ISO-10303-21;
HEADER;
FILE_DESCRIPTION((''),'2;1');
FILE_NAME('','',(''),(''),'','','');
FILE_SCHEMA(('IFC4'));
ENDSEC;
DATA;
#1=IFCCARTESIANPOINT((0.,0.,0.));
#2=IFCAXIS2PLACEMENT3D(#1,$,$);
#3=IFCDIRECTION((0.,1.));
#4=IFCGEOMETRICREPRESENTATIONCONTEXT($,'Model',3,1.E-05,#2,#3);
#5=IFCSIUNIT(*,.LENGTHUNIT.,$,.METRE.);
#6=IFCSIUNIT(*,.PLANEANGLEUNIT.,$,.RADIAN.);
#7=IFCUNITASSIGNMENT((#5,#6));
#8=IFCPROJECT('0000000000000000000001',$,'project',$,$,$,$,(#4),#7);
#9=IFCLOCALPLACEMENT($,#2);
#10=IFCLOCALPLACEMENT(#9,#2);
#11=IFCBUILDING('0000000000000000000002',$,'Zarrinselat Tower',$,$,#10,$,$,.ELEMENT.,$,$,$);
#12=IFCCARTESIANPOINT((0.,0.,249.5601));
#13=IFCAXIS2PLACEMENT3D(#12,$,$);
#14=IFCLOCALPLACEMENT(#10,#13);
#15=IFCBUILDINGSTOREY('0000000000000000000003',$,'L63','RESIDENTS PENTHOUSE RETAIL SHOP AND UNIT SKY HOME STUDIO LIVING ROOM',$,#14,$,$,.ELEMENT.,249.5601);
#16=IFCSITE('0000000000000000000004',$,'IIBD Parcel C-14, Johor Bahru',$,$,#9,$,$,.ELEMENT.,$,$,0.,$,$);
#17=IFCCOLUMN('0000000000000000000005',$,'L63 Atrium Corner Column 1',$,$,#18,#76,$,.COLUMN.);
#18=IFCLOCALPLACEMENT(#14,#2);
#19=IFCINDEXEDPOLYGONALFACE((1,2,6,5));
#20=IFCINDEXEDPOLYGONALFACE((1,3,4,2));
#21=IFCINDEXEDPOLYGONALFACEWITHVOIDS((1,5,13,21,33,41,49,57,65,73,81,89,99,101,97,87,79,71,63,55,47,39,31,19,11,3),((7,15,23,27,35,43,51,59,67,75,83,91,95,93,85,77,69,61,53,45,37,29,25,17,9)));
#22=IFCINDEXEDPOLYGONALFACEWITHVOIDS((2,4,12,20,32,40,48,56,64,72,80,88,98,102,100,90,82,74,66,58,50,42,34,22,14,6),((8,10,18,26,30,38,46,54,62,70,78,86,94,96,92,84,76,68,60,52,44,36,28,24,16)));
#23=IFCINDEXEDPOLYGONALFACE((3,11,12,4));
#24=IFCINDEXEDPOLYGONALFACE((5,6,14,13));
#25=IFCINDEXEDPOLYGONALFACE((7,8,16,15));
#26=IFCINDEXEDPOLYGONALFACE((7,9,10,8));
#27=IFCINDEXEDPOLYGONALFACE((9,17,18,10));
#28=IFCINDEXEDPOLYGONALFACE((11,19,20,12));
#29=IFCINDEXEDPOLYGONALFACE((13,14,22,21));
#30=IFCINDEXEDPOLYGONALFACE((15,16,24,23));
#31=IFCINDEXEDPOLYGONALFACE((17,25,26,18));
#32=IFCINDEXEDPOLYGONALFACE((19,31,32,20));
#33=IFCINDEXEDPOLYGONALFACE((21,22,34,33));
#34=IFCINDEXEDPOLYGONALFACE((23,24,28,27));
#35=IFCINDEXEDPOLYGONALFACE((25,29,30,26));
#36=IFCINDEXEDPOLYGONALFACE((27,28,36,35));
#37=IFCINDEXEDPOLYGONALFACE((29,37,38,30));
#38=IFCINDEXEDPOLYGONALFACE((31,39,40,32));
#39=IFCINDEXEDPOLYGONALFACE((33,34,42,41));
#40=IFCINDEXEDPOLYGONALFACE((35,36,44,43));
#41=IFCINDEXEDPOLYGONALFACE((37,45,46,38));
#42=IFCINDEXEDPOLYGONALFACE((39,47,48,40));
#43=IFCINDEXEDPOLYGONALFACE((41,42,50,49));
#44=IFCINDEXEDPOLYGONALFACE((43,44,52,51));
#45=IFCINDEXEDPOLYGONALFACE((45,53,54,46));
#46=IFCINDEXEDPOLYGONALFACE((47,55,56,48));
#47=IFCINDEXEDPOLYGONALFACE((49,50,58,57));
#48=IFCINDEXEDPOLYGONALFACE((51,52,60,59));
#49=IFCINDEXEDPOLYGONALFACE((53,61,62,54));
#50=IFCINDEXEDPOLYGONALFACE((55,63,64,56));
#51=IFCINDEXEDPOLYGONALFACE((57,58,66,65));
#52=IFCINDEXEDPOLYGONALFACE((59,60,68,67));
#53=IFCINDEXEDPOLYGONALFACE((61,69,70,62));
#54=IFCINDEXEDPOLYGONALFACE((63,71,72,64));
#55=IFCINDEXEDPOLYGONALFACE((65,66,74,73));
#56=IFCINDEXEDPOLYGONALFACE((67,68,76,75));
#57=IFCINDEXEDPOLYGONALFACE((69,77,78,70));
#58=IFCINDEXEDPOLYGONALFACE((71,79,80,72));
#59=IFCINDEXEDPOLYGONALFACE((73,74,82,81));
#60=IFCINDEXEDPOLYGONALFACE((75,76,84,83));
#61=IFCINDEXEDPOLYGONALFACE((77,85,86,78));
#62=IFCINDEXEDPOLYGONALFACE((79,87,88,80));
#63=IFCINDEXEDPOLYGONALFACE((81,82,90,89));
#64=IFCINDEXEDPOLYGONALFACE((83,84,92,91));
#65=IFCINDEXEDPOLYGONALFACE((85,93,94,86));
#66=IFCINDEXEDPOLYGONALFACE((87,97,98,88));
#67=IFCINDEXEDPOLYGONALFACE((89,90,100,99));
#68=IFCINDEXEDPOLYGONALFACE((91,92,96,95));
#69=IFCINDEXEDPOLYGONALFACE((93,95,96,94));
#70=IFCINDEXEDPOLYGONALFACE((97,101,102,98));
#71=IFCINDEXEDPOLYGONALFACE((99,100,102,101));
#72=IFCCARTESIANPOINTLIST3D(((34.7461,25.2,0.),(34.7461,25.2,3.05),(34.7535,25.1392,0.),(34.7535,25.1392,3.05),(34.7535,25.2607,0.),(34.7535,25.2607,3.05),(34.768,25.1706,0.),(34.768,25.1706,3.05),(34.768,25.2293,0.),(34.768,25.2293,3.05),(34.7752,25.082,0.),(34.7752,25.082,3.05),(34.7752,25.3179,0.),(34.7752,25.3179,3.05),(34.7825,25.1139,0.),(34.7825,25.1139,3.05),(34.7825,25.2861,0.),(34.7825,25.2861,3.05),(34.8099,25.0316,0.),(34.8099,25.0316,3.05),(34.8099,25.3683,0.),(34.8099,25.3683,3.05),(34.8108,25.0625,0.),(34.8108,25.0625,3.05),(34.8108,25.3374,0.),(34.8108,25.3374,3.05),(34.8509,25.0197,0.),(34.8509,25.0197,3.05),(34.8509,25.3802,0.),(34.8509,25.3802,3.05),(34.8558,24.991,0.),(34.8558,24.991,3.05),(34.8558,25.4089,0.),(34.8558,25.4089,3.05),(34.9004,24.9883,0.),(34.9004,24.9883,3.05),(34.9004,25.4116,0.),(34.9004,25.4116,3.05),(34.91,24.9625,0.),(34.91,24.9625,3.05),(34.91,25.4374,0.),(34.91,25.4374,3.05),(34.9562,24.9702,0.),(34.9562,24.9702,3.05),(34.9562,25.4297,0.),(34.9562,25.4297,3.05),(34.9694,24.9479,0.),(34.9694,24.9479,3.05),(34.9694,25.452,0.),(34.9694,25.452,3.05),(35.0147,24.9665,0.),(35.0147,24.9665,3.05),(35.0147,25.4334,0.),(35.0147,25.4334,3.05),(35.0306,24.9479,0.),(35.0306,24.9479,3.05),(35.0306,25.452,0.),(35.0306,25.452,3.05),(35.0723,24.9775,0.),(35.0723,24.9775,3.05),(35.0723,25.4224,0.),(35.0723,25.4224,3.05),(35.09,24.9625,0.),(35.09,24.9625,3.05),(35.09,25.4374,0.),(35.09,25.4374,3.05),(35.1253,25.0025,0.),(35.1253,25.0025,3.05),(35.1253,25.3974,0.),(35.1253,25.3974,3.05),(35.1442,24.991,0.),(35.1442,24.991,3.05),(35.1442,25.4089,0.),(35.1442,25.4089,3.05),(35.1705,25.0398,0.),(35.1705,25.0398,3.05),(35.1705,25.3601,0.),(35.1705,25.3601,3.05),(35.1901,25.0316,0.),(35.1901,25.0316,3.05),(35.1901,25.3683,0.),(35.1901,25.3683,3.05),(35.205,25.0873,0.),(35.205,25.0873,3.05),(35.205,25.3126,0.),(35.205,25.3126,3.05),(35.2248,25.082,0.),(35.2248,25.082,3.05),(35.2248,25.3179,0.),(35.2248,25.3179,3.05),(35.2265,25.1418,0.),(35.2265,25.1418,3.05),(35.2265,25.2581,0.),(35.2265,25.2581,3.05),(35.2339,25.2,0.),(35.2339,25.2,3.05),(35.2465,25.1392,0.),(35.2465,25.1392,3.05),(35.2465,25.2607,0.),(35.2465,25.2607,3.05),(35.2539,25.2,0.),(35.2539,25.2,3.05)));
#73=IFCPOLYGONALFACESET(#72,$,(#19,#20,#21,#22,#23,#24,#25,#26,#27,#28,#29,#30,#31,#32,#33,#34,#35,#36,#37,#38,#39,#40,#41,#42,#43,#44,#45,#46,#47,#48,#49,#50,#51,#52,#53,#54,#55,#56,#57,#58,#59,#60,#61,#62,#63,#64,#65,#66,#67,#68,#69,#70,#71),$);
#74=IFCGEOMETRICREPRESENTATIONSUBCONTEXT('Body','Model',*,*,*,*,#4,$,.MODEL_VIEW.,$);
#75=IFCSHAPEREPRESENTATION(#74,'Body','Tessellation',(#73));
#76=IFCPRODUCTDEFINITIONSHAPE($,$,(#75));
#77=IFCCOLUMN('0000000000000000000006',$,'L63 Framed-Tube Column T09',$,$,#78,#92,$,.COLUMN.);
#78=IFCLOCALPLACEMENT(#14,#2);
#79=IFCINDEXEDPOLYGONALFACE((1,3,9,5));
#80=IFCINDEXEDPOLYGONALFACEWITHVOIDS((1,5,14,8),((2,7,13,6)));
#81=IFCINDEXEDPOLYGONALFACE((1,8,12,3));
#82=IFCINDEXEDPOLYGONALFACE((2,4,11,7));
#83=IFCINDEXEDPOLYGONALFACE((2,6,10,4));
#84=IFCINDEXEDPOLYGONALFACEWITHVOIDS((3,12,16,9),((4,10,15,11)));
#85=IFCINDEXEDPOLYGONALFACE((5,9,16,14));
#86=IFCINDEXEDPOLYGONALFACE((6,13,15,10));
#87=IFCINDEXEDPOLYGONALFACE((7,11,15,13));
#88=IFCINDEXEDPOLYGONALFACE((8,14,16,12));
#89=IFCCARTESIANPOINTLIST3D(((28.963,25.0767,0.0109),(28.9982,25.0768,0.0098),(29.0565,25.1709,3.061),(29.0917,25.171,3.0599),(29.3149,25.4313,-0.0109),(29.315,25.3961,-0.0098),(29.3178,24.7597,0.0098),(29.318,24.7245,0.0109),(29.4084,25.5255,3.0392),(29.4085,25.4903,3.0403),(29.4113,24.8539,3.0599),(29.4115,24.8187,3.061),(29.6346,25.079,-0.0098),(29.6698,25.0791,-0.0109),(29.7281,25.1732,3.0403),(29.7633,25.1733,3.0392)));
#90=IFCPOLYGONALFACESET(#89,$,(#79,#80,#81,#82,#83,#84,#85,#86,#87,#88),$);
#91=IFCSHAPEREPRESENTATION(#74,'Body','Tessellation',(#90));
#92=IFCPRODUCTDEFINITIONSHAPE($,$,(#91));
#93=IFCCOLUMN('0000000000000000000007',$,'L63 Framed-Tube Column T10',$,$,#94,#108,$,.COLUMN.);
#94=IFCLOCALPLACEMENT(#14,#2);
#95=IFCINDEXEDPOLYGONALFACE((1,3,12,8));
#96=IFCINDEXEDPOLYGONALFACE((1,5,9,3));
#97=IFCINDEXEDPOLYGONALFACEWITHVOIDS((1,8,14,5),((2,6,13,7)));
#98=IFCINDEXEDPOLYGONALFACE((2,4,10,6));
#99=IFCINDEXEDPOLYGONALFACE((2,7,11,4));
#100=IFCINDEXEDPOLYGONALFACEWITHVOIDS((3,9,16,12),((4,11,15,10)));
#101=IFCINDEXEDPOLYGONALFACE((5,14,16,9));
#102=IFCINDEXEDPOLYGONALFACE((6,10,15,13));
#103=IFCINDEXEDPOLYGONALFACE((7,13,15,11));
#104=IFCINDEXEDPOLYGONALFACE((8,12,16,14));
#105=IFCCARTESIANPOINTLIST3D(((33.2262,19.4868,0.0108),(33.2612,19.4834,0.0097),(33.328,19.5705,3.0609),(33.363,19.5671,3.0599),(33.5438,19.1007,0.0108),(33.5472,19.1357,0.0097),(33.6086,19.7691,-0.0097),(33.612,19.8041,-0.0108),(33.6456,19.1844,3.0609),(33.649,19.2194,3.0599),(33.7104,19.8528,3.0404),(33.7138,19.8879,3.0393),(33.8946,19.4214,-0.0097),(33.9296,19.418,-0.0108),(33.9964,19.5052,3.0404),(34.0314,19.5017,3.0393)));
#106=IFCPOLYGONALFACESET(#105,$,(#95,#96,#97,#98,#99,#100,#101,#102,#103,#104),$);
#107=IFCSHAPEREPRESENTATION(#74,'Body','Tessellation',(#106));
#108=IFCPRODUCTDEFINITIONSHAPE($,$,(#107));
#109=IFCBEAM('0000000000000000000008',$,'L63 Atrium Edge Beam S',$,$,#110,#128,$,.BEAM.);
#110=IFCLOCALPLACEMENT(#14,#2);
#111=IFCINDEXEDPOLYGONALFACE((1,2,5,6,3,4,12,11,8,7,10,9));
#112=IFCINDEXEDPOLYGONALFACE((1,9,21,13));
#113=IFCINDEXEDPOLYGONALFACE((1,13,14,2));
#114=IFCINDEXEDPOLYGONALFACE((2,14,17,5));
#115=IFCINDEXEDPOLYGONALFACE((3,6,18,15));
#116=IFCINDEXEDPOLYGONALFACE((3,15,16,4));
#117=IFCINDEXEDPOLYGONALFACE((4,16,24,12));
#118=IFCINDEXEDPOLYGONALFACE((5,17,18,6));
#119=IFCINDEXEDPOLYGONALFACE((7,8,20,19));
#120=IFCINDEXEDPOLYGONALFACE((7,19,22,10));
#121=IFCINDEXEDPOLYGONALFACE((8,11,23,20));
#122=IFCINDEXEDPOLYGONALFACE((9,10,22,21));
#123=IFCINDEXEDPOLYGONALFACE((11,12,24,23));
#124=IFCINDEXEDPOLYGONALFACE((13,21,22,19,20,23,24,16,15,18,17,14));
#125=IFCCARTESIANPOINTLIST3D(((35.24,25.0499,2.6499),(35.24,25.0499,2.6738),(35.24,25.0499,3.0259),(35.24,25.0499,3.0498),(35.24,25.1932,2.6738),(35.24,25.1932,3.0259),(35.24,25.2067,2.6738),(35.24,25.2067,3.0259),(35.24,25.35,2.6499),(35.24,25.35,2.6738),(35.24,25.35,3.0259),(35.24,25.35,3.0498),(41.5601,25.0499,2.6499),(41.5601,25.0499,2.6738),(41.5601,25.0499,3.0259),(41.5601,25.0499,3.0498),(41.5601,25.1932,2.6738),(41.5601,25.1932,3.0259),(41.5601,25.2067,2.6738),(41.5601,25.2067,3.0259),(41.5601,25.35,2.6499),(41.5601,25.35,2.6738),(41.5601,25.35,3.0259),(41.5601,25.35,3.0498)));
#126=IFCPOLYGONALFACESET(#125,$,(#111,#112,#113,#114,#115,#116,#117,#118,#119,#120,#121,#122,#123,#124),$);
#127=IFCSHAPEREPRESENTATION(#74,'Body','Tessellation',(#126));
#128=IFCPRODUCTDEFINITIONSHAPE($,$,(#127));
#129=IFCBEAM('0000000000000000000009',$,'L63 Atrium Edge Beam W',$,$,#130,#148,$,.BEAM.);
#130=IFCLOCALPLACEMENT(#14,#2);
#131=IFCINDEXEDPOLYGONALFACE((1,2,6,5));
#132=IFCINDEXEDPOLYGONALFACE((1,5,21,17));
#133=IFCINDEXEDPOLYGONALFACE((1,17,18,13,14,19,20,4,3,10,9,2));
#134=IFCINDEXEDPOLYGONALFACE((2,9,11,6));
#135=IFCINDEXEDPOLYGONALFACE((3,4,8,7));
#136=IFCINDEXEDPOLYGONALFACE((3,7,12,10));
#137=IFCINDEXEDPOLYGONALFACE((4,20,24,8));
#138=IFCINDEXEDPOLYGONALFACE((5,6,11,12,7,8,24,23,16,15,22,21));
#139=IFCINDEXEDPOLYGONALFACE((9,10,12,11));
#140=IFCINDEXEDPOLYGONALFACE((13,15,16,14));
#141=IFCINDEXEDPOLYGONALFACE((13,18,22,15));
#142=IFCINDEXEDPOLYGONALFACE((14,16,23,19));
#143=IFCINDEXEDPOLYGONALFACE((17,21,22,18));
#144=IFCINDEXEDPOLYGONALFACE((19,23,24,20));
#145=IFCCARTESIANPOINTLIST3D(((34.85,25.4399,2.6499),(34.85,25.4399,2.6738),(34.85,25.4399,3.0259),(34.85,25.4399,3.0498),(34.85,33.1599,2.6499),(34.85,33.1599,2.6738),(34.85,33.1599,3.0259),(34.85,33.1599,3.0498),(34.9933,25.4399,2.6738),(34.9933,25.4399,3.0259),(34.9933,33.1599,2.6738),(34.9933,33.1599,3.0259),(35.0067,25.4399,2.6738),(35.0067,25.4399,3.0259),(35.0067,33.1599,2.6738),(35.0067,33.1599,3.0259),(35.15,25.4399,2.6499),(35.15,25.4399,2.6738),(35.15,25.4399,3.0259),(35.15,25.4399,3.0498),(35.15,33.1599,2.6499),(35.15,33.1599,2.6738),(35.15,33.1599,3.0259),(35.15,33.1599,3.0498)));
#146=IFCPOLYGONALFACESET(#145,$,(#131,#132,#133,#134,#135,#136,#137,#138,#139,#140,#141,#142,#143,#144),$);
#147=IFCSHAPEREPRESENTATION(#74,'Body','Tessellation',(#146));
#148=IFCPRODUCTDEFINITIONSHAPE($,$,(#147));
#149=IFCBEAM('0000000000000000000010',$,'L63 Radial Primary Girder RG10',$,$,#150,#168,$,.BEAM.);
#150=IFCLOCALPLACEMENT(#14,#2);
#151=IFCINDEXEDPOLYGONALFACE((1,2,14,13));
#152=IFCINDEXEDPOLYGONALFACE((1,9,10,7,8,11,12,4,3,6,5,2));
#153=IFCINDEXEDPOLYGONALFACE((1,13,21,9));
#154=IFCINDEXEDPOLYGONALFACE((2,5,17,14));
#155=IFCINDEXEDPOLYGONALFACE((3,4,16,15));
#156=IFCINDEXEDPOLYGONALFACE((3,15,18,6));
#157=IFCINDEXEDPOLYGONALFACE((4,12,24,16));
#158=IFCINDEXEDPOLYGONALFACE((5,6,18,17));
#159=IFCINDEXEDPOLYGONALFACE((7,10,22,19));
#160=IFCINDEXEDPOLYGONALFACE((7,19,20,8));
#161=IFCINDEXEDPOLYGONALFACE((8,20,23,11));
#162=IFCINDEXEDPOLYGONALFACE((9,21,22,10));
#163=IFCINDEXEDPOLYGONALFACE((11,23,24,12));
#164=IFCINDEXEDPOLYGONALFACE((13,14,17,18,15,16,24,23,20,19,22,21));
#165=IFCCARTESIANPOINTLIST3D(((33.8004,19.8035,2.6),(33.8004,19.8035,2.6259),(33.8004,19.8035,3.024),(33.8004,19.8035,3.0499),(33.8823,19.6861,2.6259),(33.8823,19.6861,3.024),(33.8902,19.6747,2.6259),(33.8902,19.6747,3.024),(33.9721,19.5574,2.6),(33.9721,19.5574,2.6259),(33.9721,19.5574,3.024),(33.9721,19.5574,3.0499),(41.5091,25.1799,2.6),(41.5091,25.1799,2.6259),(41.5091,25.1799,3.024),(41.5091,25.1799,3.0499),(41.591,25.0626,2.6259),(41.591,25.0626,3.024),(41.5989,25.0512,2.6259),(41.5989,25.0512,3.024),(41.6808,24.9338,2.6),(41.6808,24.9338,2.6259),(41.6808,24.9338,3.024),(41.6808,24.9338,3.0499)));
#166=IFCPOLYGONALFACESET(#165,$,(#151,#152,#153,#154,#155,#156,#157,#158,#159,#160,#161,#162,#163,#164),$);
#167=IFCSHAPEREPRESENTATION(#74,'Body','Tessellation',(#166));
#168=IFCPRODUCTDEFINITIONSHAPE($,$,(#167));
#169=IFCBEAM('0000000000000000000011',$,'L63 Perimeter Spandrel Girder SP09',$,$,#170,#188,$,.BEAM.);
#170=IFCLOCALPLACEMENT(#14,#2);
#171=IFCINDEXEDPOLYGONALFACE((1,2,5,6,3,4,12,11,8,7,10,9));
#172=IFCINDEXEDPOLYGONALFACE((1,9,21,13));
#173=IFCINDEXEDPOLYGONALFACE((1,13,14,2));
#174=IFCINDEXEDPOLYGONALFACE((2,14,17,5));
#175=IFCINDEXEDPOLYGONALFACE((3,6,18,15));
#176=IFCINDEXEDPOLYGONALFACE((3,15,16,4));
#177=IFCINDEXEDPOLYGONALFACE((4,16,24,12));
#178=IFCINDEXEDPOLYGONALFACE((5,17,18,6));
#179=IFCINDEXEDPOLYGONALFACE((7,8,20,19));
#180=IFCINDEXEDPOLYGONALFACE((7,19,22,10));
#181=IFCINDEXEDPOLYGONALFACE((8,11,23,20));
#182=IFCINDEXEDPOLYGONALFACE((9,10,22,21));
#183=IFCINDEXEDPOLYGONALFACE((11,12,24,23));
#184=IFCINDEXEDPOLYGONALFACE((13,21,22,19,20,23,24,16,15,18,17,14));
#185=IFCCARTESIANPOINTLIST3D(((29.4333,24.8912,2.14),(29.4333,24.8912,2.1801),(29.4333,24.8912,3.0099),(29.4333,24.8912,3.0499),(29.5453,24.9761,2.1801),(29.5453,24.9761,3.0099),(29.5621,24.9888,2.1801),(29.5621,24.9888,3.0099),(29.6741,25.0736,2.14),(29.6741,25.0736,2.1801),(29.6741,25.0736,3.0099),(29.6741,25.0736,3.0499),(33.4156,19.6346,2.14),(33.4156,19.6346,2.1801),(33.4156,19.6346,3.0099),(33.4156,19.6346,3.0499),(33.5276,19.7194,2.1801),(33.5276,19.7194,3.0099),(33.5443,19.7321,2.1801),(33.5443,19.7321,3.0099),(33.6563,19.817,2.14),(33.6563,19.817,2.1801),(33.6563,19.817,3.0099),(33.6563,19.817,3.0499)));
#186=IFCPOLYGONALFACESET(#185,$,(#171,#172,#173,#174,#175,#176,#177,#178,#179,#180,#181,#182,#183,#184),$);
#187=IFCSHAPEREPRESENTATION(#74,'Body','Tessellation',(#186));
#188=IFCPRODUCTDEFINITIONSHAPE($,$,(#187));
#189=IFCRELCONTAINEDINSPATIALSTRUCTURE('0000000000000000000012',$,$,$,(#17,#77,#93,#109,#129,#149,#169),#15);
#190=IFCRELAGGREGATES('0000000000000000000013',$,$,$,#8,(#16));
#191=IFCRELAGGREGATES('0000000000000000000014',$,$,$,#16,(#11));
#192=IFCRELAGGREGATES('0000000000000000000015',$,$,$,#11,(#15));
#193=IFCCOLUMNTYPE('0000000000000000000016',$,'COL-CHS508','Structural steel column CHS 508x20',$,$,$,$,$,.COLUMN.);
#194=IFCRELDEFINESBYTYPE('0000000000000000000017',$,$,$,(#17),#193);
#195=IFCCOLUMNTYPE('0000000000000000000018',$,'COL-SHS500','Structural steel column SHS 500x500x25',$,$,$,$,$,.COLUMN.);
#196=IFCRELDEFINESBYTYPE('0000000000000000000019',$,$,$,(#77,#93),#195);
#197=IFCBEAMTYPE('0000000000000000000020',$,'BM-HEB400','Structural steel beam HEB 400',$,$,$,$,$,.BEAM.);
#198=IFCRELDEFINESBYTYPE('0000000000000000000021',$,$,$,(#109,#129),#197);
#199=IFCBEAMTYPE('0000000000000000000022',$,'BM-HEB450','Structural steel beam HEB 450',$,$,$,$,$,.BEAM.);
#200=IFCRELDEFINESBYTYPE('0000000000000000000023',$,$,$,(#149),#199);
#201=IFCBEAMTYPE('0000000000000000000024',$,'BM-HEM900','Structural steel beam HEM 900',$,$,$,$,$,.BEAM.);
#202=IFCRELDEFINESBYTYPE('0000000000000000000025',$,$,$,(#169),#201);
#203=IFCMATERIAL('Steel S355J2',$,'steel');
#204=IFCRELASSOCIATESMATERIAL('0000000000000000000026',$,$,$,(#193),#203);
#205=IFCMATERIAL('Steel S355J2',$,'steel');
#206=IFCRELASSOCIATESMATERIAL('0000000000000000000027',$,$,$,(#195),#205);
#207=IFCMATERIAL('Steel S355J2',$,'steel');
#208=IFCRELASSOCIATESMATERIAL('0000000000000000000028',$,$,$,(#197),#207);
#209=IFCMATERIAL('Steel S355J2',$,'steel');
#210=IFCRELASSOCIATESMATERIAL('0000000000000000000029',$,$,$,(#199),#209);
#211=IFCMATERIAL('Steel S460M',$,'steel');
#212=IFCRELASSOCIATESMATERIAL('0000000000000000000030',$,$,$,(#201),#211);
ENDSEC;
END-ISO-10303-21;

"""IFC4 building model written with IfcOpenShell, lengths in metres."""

from ifc_helpers import new_model, si_unit, direction, frame, origin, origin_2d, place, context, subcontext, project, spatial, hollow_rectangle, hollow_circle, i_section, extrude, material, material_profile, profile_set, type_object, element, save


model = new_model("IFC4")

# Units and contexts
model_context = context("Model", 3, precision=1e-05, world=origin(), true_north=direction((0.0, 1.0)))
body_context = subcontext(model_context, "Body", "Model", "MODEL_VIEW")
ifc_project = project(units=[si_unit("LENGTHUNIT", "METRE"), si_unit("PLANEANGLEUNIT", "RADIAN")], contexts=[model_context])

# Site, building, storey
site_placement = place(None, origin())
site = spatial("IfcSite", under=ifc_project, at=site_placement, Name="IIBD Parcel C-14, Johor Bahru", CompositionType="ELEMENT", RefElevation=0.0)
building_placement = place(site_placement, origin())
building = spatial("IfcBuilding", under=site, at=building_placement, Name="Zarrinselat Tower", CompositionType="ELEMENT")
storey_placement = place(building_placement, frame((0.0, 0.0, 249.5601)))
storey = spatial("IfcBuildingStorey", under=building, at=storey_placement, Name="L63", Description="RESIDENTS PENTHOUSE RETAIL SHOP AND UNIT SKY HOME STUDIO LIVING ROOM", CompositionType="ELEMENT", Elevation=249.5601)

# Columns
ifc_material_1 = material(Name="Steel S355J2", Category="steel")
ifc_material_profile_1 = material_profile(ifc_material_1, hollow_circle(Radius=0.2539, WallThickness=0.02, at=origin_2d()), Name="CHS 508x20")
ifc_profile_set_1 = profile_set([ifc_material_profile_1], Name="Steel S355J2")
column_type_1 = type_object("IfcColumnType", Name="COL-CHS508", Description="Structural steel column CHS 508x20", PredefinedType="COLUMN", material=ifc_profile_set_1)
column_placement = place(storey_placement, frame((35.0, 25.2, 0.0), z_axis=(0.0, 0.0, 1.0), x_axis=(1.0, 0.0, 0.0)))
element("IfcColumn", 1, at=column_placement, inside=storey, type_object=column_type_1, Name="L63 Atrium Corner Column 1", PredefinedType="COLUMN", context=body_context, shape_type="SweptSolid", body=[
    extrude(hollow_circle(Radius=0.2539, WallThickness=0.02, at=origin_2d()), origin(), (0.0, 0.0, 1.0), 3.05),
])
ifc_material_2 = material(Name="Steel S355J2", Category="steel")
ifc_material_profile_2 = material_profile(ifc_material_2, hollow_rectangle(XDim=0.5, YDim=0.5, WallThickness=0.0249, at=origin_2d()), Name="SHS 500x500x25")
ifc_profile_set_2 = profile_set([ifc_material_profile_2], Name="Steel S355J2")
column_type_2 = type_object("IfcColumnType", Name="COL-SHS500", Description="Structural steel column SHS 500x500x25", PredefinedType="COLUMN", material=ifc_profile_set_2)
for number, where, z_axis, x_axis, name in (
    (2, (29.3164, 25.0779, 0.0), (0.030628, 0.030868, 0.999054), (-0.70986, 0.704343, 0.0), "L63 Framed-Tube Column T09"),
    (3, (33.5779, 19.4524, 0.0), (0.033348, 0.02743, 0.999067), (-0.635253, 0.772304, 0.0), "L63 Framed-Tube Column T10"),
):
    element("IfcColumn", number, at=place(storey_placement, frame(where, z_axis=z_axis, x_axis=x_axis)), inside=storey, type_object=column_type_2, Name=name, PredefinedType="COLUMN", context=body_context, shape_type="SweptSolid", body=[
        extrude(hollow_rectangle(XDim=0.5, YDim=0.5, WallThickness=0.0249, at=origin_2d()), origin(), (0.0, 0.0, 1.0), 3.053),
    ])

# Beams
ifc_material_3 = material(Name="Steel S355J2", Category="steel")
ifc_material_profile_3 = material_profile(ifc_material_3, i_section(OverallWidth=0.3, OverallDepth=0.3999, WebThickness=0.0134, FlangeThickness=0.0239, at=origin_2d()), Name="HEB 400")
ifc_profile_set_3 = profile_set([ifc_material_profile_3], Name="Steel S355J2")
beam_type_1 = type_object("IfcBeamType", Name="BM-HEB400", Description="Structural steel beam HEB 400", PredefinedType="BEAM", material=ifc_profile_set_3)
beam_1_placement = place(storey_placement, frame((35.24, 25.2, 2.8499), z_axis=(1.0, 0.0, 0.0), x_axis=(0.0, 1.0, 0.0)))
element("IfcBeam", 4, at=beam_1_placement, inside=storey, type_object=beam_type_1, Name="L63 Atrium Edge Beam S", PredefinedType="BEAM", context=body_context, shape_type="SweptSolid", body=[
    extrude(i_section(OverallWidth=0.3, OverallDepth=0.3999, WebThickness=0.0134, FlangeThickness=0.0239, at=origin_2d()), origin(), (0.0, 0.0, 1.0), 6.3201),
])
beam_2_placement = place(storey_placement, frame((35.0, 25.4399, 2.8499), z_axis=(0.0, 1.0, 0.0), x_axis=(-1.0, 0.0, 0.0)))
element("IfcBeam", 5, at=beam_2_placement, inside=storey, type_object=beam_type_1, Name="L63 Atrium Edge Beam W", PredefinedType="BEAM", context=body_context, shape_type="SweptSolid", body=[
    extrude(i_section(OverallWidth=0.3, OverallDepth=0.3999, WebThickness=0.0134, FlangeThickness=0.0239, at=origin_2d()), origin(), (0.0, 0.0, 1.0), 7.72),
])
ifc_material_4 = material(Name="Steel S355J2", Category="steel")
ifc_material_profile_4 = material_profile(ifc_material_4, i_section(OverallWidth=0.3, OverallDepth=0.45, WebThickness=0.0139, FlangeThickness=0.0259, at=origin_2d()), Name="HEB 450")
ifc_profile_set_4 = profile_set([ifc_material_profile_4], Name="Steel S355J2")
beam_type_2 = type_object("IfcBeamType", Name="BM-HEB450", Description="Structural steel beam HEB 450", PredefinedType="BEAM", material=ifc_profile_set_4)
beam_3_placement = place(storey_placement, frame((33.8862, 19.6804, 2.825), z_axis=(0.820213, 0.572058, 0.0), x_axis=(-0.572058, 0.820213, 0.0)))
element("IfcBeam", 6, at=beam_3_placement, inside=storey, type_object=beam_type_2, Name="L63 Radial Primary Girder RG10", PredefinedType="BEAM", context=body_context, shape_type="SweptSolid", body=[
    extrude(i_section(OverallWidth=0.3, OverallDepth=0.45, WebThickness=0.0139, FlangeThickness=0.0259, at=origin_2d()), origin(), (0.0, 0.0, 1.0), 9.3984),
])
ifc_material_5 = material(Name="Steel S460M", Category="steel")
ifc_material_profile_5 = material_profile(ifc_material_5, i_section(OverallWidth=0.302, OverallDepth=0.9099, WebThickness=0.021, FlangeThickness=0.04, at=origin_2d()), Name="HEM 900")
ifc_profile_set_5 = profile_set([ifc_material_profile_5], Name="Steel S460M")
beam_type_3 = type_object("IfcBeamType", Name="BM-HEM900", Description="Structural steel beam HEM 900", PredefinedType="BEAM", material=ifc_profile_set_5)
beam_4_placement = place(storey_placement, frame((29.5537, 24.9824, 2.595), z_axis=(0.603849, -0.797099, 0.0), x_axis=(0.797099, 0.603849, 0.0)))
element("IfcBeam", 7, at=beam_4_placement, inside=storey, type_object=beam_type_3, Name="L63 Perimeter Spandrel Girder SP09", PredefinedType="BEAM", context=body_context, shape_type="SweptSolid", body=[
    extrude(i_section(OverallWidth=0.302, OverallDepth=0.9099, WebThickness=0.021, FlangeThickness=0.04, at=origin_2d()), origin(), (0.0, 0.0, 1.0), 6.5947),
])

save(model, "model.ifc")
